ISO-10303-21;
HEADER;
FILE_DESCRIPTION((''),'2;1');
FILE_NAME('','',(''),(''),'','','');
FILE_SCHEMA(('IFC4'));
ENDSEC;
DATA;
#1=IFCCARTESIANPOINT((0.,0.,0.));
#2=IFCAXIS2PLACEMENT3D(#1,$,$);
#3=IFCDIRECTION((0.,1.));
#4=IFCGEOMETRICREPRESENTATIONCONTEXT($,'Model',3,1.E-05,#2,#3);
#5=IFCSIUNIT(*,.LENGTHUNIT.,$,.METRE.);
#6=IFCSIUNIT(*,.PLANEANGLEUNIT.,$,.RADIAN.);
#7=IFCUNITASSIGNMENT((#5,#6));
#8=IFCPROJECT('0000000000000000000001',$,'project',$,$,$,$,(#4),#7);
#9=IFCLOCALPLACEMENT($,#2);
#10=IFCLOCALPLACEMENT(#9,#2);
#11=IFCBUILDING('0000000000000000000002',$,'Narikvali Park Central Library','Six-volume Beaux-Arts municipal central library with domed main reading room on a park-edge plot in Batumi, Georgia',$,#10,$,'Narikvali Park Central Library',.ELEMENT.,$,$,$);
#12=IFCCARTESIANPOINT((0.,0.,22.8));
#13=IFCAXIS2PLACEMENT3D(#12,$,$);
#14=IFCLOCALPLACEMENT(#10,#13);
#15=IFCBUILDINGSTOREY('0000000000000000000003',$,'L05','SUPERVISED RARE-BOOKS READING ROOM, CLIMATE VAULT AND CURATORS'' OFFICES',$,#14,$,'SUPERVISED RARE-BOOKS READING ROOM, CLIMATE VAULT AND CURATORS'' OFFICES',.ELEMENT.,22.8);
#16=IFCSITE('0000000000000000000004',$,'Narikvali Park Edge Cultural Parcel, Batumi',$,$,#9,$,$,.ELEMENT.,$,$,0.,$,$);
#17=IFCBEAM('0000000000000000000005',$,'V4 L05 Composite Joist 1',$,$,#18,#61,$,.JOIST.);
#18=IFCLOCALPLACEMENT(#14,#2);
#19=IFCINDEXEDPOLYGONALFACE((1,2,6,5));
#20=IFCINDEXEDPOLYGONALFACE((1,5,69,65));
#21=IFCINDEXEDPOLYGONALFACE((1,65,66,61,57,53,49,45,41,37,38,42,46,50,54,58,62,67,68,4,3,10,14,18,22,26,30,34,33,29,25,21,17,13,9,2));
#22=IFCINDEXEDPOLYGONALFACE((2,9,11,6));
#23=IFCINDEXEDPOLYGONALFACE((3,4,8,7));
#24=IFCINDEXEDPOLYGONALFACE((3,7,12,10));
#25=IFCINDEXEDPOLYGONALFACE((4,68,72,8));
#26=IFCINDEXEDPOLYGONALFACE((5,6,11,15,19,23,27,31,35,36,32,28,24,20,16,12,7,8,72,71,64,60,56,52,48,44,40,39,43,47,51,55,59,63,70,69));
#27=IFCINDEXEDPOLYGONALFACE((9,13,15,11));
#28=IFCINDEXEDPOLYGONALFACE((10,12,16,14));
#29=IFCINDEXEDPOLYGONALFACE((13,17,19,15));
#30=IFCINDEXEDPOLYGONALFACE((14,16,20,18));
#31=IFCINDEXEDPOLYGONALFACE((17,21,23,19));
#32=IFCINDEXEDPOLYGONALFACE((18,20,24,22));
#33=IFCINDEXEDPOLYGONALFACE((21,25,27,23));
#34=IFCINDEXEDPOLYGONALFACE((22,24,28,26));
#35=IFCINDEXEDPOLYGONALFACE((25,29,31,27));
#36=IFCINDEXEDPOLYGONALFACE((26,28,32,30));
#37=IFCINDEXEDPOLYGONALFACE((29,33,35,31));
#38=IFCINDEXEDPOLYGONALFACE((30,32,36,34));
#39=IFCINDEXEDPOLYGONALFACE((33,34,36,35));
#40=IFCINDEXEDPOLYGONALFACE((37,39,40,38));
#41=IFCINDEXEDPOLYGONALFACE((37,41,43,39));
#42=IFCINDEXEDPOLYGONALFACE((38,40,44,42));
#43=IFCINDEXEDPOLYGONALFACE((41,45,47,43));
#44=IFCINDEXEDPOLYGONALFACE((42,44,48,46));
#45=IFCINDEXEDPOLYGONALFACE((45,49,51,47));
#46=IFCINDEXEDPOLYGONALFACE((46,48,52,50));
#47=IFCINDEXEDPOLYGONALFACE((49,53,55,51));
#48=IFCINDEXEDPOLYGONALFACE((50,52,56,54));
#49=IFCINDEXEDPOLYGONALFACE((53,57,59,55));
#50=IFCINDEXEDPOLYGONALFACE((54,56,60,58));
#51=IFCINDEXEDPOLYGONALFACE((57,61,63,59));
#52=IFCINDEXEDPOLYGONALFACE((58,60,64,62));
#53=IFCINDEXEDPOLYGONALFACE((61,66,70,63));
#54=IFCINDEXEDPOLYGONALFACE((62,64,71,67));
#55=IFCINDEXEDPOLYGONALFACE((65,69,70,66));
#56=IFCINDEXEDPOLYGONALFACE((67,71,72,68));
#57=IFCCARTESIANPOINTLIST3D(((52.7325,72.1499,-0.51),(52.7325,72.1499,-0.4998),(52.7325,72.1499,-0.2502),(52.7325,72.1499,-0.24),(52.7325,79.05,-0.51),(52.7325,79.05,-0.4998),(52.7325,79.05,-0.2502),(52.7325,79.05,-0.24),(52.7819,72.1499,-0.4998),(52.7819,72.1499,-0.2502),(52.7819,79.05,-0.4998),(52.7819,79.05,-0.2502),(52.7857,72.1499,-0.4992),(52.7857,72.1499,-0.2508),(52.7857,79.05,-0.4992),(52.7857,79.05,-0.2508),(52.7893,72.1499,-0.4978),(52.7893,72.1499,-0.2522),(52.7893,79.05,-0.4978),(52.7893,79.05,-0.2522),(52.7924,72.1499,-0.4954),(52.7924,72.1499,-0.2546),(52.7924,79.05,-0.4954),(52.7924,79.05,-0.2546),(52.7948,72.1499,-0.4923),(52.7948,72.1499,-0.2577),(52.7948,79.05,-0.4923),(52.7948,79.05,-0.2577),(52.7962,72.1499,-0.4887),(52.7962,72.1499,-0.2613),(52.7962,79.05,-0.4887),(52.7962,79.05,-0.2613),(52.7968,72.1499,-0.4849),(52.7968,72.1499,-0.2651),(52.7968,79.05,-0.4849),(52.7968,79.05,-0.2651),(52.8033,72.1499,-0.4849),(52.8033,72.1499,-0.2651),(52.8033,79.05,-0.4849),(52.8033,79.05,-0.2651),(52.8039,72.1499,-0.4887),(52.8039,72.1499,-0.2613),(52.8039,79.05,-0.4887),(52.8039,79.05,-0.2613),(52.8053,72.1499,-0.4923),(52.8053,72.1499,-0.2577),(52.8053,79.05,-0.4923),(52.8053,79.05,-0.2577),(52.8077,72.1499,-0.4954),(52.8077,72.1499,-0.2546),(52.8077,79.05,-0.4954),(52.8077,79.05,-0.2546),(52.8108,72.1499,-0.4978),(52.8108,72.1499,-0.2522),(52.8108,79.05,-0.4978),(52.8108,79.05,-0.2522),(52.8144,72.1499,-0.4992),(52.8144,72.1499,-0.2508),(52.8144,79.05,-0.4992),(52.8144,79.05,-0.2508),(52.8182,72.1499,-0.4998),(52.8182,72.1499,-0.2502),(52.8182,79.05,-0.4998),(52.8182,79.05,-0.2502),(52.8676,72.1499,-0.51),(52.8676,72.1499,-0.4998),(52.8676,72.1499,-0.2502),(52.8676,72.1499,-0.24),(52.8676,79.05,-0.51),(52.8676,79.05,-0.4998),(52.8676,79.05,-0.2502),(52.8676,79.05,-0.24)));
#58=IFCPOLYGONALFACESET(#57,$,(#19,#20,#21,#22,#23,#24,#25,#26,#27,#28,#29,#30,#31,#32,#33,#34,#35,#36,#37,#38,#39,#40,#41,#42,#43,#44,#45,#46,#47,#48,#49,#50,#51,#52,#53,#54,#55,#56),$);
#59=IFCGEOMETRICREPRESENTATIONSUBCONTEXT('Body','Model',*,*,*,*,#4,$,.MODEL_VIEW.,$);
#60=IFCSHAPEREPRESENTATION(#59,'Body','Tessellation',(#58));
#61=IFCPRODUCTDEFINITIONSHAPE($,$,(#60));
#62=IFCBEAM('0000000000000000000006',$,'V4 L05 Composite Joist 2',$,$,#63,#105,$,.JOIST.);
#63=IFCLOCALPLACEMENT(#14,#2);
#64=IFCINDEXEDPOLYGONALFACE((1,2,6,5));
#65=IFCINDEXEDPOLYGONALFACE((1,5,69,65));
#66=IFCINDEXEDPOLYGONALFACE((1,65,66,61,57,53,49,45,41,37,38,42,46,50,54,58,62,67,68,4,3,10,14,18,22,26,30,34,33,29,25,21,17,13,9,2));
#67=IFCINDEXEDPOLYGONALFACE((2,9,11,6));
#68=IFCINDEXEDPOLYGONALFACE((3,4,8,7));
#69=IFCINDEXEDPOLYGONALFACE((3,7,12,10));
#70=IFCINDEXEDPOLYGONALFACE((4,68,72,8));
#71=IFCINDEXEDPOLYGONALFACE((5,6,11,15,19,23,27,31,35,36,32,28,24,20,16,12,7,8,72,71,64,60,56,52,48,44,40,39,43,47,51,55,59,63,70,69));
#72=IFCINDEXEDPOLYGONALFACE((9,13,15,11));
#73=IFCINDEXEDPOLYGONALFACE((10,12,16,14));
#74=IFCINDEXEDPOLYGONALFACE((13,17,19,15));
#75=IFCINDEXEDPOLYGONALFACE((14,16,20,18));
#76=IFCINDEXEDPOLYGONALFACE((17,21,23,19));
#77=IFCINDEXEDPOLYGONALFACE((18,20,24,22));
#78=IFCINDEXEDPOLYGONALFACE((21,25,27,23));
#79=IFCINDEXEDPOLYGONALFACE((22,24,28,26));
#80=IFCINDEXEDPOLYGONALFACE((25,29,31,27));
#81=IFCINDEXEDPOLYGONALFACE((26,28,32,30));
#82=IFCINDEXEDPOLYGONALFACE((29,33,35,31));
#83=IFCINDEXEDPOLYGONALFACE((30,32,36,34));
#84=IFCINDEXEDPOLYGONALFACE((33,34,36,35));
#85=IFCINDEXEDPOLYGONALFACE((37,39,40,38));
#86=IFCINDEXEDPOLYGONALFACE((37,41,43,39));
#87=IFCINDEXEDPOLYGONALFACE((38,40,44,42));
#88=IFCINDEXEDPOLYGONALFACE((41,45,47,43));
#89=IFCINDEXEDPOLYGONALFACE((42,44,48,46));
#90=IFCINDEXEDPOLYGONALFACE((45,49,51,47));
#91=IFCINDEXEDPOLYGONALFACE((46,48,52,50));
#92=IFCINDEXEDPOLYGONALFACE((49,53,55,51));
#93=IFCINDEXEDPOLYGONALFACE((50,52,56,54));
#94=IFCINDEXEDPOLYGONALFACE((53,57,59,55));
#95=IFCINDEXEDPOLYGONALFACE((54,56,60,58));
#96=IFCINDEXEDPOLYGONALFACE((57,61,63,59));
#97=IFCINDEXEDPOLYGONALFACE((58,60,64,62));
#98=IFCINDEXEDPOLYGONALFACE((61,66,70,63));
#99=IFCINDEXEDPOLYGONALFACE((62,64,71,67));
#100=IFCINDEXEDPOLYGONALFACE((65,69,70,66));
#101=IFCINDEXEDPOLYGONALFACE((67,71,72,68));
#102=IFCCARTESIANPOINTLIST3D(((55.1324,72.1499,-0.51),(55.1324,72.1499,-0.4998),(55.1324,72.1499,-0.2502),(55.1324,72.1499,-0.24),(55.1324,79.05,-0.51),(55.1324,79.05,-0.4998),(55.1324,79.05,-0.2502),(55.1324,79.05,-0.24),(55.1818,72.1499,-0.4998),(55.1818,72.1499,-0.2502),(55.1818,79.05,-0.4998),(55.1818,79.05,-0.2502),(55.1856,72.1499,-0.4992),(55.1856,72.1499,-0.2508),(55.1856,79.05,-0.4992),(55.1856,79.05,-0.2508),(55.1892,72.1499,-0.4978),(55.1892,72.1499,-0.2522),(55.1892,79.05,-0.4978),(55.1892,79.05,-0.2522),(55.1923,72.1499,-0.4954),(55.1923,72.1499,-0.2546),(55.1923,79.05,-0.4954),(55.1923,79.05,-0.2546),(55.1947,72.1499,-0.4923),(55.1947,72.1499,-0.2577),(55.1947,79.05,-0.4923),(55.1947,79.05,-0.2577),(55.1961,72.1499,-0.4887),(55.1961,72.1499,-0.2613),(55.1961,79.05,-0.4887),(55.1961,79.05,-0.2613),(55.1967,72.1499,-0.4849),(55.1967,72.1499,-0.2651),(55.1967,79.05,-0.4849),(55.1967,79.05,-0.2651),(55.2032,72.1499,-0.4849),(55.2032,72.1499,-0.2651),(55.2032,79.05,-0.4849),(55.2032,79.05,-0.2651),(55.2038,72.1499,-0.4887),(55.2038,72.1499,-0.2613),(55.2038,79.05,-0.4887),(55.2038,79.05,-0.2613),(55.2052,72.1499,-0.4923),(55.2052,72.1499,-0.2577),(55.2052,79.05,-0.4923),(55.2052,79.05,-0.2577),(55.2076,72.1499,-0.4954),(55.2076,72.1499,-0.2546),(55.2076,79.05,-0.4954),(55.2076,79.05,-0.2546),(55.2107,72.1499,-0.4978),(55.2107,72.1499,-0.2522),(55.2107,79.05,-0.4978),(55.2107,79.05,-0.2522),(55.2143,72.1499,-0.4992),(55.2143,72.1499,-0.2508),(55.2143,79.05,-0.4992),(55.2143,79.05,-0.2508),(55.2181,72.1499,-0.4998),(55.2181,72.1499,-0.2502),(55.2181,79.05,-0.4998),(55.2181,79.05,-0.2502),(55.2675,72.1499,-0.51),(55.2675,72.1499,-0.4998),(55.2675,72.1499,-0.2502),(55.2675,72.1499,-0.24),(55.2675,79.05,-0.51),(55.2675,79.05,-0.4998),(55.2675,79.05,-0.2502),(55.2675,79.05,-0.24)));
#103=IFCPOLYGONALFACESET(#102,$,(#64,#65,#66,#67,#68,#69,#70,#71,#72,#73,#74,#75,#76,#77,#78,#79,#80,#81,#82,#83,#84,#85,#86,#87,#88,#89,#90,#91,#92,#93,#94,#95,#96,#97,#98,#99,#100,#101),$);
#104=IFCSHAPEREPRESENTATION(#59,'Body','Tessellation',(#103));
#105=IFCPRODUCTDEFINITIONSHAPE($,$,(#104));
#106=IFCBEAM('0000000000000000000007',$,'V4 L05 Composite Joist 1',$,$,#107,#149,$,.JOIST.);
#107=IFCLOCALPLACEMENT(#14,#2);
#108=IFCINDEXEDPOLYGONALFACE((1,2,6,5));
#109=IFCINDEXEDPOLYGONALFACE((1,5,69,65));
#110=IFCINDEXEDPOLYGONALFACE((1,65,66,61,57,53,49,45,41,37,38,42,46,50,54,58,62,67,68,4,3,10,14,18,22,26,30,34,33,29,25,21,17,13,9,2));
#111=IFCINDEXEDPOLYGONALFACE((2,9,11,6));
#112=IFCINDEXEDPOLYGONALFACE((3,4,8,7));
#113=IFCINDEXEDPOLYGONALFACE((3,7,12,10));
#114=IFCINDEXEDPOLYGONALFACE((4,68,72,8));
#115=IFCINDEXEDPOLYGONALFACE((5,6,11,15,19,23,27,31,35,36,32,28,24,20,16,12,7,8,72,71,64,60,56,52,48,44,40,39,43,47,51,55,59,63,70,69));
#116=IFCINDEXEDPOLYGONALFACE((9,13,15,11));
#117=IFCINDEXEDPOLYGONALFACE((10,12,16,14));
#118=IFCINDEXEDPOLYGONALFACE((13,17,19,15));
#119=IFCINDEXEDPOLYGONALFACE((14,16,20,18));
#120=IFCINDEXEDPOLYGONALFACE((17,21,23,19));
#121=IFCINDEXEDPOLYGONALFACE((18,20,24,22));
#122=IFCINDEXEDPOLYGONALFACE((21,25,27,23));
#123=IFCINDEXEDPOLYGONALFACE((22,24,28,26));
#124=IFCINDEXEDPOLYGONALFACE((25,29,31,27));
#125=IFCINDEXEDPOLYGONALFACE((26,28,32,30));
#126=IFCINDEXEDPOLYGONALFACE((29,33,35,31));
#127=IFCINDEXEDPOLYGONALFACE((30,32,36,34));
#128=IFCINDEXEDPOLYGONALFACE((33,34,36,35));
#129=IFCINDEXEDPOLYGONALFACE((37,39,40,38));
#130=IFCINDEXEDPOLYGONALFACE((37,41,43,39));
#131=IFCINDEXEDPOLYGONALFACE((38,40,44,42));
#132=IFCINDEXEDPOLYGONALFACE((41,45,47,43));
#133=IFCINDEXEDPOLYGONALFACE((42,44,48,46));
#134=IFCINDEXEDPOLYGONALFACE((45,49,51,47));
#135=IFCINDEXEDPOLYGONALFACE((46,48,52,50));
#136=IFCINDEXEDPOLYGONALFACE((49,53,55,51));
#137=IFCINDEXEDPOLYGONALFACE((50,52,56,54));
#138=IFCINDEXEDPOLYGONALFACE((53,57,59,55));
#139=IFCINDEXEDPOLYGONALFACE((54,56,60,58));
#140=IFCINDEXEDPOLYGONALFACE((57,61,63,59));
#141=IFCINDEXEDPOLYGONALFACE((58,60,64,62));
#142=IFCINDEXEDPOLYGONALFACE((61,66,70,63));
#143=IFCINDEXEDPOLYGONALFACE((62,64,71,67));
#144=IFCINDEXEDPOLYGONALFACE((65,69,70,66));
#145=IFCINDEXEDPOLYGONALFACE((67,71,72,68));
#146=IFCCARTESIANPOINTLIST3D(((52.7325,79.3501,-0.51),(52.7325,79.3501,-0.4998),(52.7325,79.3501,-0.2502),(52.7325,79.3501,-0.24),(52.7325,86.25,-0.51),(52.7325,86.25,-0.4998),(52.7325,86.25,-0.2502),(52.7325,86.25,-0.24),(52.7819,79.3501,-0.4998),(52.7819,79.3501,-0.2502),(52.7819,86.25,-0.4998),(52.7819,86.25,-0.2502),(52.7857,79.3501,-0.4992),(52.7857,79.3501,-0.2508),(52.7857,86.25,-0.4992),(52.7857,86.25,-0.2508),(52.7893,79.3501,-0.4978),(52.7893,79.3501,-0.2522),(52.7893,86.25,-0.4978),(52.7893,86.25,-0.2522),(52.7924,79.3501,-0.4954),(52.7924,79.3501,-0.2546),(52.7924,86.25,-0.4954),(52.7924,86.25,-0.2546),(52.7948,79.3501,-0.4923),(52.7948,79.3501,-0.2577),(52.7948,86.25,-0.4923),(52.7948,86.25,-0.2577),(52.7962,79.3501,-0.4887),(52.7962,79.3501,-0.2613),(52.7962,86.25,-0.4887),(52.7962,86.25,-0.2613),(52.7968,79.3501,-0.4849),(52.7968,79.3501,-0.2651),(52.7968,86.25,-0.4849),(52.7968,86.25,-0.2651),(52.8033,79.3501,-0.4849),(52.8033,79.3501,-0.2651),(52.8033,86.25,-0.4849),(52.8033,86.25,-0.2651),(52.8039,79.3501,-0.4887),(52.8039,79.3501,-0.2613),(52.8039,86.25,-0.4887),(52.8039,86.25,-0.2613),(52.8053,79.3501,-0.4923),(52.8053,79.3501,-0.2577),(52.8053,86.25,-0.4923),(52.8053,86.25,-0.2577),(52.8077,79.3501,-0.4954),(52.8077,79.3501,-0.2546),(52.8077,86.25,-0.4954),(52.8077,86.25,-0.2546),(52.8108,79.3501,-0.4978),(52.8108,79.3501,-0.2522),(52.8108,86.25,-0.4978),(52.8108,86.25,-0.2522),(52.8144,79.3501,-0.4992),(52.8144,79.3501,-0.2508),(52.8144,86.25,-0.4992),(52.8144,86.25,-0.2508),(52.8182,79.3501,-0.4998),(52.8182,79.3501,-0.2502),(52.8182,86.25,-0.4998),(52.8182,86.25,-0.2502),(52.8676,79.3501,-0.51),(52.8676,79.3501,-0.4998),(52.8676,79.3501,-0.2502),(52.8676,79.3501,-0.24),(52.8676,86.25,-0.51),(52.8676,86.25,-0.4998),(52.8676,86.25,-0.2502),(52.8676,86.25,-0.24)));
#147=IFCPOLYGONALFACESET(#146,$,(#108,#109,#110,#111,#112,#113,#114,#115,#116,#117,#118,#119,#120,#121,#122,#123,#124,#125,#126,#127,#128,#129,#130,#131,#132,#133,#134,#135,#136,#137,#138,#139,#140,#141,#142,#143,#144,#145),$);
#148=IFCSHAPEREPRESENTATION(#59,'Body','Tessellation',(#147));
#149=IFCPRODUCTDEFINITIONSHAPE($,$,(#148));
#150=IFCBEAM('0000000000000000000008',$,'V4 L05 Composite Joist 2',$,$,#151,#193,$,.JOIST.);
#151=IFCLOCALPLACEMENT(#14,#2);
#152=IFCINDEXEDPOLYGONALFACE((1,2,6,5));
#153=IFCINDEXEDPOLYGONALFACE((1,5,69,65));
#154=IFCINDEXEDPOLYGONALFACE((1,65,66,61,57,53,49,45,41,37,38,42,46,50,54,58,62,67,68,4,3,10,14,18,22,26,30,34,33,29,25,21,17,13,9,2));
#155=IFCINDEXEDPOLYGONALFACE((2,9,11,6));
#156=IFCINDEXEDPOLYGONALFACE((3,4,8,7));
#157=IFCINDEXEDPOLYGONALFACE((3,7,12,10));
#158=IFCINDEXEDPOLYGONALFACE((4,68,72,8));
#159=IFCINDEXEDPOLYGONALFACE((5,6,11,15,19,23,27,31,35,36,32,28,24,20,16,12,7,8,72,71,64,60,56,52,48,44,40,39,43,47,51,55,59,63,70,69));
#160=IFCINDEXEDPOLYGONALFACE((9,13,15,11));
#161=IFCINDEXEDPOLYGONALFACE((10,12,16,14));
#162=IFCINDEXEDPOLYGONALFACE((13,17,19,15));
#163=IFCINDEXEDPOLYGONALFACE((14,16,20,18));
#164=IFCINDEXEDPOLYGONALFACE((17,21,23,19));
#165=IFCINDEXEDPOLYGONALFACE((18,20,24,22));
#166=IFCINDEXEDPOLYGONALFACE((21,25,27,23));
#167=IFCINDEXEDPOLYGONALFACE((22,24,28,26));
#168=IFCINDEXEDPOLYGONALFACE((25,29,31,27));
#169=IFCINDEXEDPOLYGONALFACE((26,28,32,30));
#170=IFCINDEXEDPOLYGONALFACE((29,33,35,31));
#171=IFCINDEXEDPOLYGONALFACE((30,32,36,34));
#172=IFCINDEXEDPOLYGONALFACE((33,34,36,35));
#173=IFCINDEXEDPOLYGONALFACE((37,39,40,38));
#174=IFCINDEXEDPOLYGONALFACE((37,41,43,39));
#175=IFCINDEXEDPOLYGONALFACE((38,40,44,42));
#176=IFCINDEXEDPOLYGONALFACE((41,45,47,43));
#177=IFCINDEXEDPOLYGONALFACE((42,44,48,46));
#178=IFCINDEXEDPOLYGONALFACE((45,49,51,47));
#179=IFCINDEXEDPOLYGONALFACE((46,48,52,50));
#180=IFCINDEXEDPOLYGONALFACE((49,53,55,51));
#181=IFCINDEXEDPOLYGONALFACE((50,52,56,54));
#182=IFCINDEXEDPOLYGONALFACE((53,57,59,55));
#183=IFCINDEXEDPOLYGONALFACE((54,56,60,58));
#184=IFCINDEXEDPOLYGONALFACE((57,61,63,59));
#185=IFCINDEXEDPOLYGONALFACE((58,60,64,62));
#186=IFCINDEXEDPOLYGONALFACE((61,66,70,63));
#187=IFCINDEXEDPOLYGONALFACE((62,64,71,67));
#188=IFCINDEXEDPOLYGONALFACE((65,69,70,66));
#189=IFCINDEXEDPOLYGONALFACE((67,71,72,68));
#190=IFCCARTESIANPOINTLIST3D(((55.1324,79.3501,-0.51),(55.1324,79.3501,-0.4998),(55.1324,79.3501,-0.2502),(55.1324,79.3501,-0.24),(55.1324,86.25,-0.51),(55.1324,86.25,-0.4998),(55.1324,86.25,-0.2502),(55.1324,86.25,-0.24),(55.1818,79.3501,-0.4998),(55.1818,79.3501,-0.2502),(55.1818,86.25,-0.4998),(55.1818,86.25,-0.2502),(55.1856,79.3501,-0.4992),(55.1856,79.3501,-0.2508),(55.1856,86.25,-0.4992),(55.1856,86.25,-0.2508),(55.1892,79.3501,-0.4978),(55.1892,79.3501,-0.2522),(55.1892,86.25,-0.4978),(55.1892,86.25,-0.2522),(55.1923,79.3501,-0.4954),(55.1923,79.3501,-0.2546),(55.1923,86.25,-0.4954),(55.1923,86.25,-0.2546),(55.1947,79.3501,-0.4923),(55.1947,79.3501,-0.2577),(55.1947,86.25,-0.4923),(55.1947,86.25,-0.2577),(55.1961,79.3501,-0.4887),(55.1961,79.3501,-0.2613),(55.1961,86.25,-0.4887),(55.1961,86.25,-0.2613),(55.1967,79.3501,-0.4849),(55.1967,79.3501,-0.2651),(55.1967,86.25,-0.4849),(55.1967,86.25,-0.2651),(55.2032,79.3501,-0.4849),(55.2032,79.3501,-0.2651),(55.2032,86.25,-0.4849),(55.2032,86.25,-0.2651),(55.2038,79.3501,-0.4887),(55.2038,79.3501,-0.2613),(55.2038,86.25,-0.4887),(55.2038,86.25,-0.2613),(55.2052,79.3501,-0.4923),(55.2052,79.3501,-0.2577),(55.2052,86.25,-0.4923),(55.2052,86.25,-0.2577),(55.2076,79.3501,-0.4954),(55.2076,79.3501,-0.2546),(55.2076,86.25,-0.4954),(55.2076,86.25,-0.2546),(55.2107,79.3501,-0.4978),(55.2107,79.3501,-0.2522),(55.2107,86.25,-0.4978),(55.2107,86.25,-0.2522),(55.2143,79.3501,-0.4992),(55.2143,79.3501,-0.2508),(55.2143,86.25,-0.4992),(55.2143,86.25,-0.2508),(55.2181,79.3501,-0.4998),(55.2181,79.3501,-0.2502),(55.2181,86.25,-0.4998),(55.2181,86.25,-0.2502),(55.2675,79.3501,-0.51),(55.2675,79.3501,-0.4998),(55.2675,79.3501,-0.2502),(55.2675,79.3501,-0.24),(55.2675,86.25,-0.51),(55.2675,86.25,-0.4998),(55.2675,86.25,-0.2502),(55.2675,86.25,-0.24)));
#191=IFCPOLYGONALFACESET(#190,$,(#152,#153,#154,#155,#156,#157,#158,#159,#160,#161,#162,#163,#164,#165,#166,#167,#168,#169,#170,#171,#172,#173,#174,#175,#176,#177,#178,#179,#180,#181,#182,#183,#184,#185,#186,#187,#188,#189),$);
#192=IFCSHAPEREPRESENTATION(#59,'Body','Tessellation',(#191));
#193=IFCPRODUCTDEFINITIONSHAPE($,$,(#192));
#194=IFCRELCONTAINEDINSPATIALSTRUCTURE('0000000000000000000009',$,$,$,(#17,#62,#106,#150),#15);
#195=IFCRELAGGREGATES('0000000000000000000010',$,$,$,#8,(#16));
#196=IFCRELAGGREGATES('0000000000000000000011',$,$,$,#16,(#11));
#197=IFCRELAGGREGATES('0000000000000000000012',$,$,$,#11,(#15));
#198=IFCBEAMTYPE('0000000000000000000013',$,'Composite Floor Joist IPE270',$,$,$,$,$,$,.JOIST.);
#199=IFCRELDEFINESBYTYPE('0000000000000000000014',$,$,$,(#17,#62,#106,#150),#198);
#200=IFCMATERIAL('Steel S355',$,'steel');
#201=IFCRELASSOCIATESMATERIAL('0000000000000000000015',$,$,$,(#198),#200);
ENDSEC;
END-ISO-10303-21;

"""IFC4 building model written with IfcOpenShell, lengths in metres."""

from ifc_helpers import new_model, si_unit, direction, frame, origin, origin_2d, place, context, subcontext, project, spatial, i_section, extrude, material, material_profile, profile_set, type_object, element, save


model = new_model("IFC4")

# Units and contexts
model_context = context("Model", 3, precision=1e-05, world=origin(), true_north=direction((0.0, 1.0)))
body_context = subcontext(model_context, "Body", "Model", "MODEL_VIEW")
ifc_project = project(units=[si_unit("LENGTHUNIT", "METRE"), si_unit("PLANEANGLEUNIT", "RADIAN")], contexts=[model_context])

# Site, building, storey
site_placement = place(None, origin())
site = spatial("IfcSite", under=ifc_project, at=site_placement, Name="Narikvali Park Edge Cultural Parcel, Batumi", CompositionType="ELEMENT", RefElevation=0.0)
building_placement = place(site_placement, origin())
building = spatial("IfcBuilding", under=site, at=building_placement, Name="Narikvali Park Central Library", Description="Six-volume Beaux-Arts municipal central library with domed main reading room on a park-edge plot in Batumi, Georgia", LongName="Narikvali Park Central Library", CompositionType="ELEMENT")
storey_placement = place(building_placement, frame((0.0, 0.0, 22.8)))
storey = spatial("IfcBuildingStorey", under=building, at=storey_placement, Name="L05", Description="SUPERVISED RARE-BOOKS READING ROOM, CLIMATE VAULT AND CURATORS' OFFICES", LongName="SUPERVISED RARE-BOOKS READING ROOM, CLIMATE VAULT AND CURATORS' OFFICES", CompositionType="ELEMENT", Elevation=22.8)

# Beams
ifc_material = material(Name="Steel S355", Category="steel")
ifc_material_profile_1 = material_profile(ifc_material, i_section(OverallWidth=0.135, OverallDepth=0.27, WebThickness=0.0066, FlangeThickness=0.0103, FilletRadius=0.0149, at=origin_2d()), Name="IPE 270")
ifc_profile_set_1 = profile_set([ifc_material_profile_1], Name="Steel S355")
beam_type_1 = type_object("IfcBeamType", Name="Composite Floor Joist IPE270", PredefinedType="JOIST", material=ifc_profile_set_1)
for number, where, z_axis, x_axis, name in (
    (1, (52.8, 72.1499, -0.375), (0.0, 1.0, 0.0), (-1.0, 0.0, 0.0), "V4 L05 Composite Joist 1"),
    (2, (55.2, 72.1499, -0.375), (0.0, 1.0, 0.0), (-1.0, 0.0, 0.0), "V4 L05 Composite Joist 2"),
):
    element("IfcBeam", number, at=place(storey_placement, frame(where, z_axis=z_axis, x_axis=x_axis)), inside=storey, type_object=beam_type_1, Name=name, PredefinedType="JOIST", context=body_context, shape_type="SweptSolid", body=[
        extrude(i_section(OverallWidth=0.135, OverallDepth=0.27, WebThickness=0.0066, FlangeThickness=0.0103, FilletRadius=0.0149, at=origin_2d()), origin(), (0.0, 0.0, 1.0), 6.9001),
    ])
for number, where, z_axis, x_axis, name in (
    (3, (52.8, 79.3501, -0.375), (0.0, 1.0, 0.0), (-1.0, 0.0, 0.0), "V4 L05 Composite Joist 1"),
    (4, (55.2, 79.3501, -0.375), (0.0, 1.0, 0.0), (-1.0, 0.0, 0.0), "V4 L05 Composite Joist 2"),
):
    element("IfcBeam", number, at=place(storey_placement, frame(where, z_axis=z_axis, x_axis=x_axis)), inside=storey, type_object=beam_type_1, Name=name, PredefinedType="JOIST", context=body_context, shape_type="SweptSolid", body=[
        extrude(i_section(OverallWidth=0.135, OverallDepth=0.27, WebThickness=0.0066, FlangeThickness=0.0103, FilletRadius=0.0149, at=origin_2d()), origin(), (0.0, 0.0, 1.0), 6.8999),
    ])

save(model, "model.ifc")
